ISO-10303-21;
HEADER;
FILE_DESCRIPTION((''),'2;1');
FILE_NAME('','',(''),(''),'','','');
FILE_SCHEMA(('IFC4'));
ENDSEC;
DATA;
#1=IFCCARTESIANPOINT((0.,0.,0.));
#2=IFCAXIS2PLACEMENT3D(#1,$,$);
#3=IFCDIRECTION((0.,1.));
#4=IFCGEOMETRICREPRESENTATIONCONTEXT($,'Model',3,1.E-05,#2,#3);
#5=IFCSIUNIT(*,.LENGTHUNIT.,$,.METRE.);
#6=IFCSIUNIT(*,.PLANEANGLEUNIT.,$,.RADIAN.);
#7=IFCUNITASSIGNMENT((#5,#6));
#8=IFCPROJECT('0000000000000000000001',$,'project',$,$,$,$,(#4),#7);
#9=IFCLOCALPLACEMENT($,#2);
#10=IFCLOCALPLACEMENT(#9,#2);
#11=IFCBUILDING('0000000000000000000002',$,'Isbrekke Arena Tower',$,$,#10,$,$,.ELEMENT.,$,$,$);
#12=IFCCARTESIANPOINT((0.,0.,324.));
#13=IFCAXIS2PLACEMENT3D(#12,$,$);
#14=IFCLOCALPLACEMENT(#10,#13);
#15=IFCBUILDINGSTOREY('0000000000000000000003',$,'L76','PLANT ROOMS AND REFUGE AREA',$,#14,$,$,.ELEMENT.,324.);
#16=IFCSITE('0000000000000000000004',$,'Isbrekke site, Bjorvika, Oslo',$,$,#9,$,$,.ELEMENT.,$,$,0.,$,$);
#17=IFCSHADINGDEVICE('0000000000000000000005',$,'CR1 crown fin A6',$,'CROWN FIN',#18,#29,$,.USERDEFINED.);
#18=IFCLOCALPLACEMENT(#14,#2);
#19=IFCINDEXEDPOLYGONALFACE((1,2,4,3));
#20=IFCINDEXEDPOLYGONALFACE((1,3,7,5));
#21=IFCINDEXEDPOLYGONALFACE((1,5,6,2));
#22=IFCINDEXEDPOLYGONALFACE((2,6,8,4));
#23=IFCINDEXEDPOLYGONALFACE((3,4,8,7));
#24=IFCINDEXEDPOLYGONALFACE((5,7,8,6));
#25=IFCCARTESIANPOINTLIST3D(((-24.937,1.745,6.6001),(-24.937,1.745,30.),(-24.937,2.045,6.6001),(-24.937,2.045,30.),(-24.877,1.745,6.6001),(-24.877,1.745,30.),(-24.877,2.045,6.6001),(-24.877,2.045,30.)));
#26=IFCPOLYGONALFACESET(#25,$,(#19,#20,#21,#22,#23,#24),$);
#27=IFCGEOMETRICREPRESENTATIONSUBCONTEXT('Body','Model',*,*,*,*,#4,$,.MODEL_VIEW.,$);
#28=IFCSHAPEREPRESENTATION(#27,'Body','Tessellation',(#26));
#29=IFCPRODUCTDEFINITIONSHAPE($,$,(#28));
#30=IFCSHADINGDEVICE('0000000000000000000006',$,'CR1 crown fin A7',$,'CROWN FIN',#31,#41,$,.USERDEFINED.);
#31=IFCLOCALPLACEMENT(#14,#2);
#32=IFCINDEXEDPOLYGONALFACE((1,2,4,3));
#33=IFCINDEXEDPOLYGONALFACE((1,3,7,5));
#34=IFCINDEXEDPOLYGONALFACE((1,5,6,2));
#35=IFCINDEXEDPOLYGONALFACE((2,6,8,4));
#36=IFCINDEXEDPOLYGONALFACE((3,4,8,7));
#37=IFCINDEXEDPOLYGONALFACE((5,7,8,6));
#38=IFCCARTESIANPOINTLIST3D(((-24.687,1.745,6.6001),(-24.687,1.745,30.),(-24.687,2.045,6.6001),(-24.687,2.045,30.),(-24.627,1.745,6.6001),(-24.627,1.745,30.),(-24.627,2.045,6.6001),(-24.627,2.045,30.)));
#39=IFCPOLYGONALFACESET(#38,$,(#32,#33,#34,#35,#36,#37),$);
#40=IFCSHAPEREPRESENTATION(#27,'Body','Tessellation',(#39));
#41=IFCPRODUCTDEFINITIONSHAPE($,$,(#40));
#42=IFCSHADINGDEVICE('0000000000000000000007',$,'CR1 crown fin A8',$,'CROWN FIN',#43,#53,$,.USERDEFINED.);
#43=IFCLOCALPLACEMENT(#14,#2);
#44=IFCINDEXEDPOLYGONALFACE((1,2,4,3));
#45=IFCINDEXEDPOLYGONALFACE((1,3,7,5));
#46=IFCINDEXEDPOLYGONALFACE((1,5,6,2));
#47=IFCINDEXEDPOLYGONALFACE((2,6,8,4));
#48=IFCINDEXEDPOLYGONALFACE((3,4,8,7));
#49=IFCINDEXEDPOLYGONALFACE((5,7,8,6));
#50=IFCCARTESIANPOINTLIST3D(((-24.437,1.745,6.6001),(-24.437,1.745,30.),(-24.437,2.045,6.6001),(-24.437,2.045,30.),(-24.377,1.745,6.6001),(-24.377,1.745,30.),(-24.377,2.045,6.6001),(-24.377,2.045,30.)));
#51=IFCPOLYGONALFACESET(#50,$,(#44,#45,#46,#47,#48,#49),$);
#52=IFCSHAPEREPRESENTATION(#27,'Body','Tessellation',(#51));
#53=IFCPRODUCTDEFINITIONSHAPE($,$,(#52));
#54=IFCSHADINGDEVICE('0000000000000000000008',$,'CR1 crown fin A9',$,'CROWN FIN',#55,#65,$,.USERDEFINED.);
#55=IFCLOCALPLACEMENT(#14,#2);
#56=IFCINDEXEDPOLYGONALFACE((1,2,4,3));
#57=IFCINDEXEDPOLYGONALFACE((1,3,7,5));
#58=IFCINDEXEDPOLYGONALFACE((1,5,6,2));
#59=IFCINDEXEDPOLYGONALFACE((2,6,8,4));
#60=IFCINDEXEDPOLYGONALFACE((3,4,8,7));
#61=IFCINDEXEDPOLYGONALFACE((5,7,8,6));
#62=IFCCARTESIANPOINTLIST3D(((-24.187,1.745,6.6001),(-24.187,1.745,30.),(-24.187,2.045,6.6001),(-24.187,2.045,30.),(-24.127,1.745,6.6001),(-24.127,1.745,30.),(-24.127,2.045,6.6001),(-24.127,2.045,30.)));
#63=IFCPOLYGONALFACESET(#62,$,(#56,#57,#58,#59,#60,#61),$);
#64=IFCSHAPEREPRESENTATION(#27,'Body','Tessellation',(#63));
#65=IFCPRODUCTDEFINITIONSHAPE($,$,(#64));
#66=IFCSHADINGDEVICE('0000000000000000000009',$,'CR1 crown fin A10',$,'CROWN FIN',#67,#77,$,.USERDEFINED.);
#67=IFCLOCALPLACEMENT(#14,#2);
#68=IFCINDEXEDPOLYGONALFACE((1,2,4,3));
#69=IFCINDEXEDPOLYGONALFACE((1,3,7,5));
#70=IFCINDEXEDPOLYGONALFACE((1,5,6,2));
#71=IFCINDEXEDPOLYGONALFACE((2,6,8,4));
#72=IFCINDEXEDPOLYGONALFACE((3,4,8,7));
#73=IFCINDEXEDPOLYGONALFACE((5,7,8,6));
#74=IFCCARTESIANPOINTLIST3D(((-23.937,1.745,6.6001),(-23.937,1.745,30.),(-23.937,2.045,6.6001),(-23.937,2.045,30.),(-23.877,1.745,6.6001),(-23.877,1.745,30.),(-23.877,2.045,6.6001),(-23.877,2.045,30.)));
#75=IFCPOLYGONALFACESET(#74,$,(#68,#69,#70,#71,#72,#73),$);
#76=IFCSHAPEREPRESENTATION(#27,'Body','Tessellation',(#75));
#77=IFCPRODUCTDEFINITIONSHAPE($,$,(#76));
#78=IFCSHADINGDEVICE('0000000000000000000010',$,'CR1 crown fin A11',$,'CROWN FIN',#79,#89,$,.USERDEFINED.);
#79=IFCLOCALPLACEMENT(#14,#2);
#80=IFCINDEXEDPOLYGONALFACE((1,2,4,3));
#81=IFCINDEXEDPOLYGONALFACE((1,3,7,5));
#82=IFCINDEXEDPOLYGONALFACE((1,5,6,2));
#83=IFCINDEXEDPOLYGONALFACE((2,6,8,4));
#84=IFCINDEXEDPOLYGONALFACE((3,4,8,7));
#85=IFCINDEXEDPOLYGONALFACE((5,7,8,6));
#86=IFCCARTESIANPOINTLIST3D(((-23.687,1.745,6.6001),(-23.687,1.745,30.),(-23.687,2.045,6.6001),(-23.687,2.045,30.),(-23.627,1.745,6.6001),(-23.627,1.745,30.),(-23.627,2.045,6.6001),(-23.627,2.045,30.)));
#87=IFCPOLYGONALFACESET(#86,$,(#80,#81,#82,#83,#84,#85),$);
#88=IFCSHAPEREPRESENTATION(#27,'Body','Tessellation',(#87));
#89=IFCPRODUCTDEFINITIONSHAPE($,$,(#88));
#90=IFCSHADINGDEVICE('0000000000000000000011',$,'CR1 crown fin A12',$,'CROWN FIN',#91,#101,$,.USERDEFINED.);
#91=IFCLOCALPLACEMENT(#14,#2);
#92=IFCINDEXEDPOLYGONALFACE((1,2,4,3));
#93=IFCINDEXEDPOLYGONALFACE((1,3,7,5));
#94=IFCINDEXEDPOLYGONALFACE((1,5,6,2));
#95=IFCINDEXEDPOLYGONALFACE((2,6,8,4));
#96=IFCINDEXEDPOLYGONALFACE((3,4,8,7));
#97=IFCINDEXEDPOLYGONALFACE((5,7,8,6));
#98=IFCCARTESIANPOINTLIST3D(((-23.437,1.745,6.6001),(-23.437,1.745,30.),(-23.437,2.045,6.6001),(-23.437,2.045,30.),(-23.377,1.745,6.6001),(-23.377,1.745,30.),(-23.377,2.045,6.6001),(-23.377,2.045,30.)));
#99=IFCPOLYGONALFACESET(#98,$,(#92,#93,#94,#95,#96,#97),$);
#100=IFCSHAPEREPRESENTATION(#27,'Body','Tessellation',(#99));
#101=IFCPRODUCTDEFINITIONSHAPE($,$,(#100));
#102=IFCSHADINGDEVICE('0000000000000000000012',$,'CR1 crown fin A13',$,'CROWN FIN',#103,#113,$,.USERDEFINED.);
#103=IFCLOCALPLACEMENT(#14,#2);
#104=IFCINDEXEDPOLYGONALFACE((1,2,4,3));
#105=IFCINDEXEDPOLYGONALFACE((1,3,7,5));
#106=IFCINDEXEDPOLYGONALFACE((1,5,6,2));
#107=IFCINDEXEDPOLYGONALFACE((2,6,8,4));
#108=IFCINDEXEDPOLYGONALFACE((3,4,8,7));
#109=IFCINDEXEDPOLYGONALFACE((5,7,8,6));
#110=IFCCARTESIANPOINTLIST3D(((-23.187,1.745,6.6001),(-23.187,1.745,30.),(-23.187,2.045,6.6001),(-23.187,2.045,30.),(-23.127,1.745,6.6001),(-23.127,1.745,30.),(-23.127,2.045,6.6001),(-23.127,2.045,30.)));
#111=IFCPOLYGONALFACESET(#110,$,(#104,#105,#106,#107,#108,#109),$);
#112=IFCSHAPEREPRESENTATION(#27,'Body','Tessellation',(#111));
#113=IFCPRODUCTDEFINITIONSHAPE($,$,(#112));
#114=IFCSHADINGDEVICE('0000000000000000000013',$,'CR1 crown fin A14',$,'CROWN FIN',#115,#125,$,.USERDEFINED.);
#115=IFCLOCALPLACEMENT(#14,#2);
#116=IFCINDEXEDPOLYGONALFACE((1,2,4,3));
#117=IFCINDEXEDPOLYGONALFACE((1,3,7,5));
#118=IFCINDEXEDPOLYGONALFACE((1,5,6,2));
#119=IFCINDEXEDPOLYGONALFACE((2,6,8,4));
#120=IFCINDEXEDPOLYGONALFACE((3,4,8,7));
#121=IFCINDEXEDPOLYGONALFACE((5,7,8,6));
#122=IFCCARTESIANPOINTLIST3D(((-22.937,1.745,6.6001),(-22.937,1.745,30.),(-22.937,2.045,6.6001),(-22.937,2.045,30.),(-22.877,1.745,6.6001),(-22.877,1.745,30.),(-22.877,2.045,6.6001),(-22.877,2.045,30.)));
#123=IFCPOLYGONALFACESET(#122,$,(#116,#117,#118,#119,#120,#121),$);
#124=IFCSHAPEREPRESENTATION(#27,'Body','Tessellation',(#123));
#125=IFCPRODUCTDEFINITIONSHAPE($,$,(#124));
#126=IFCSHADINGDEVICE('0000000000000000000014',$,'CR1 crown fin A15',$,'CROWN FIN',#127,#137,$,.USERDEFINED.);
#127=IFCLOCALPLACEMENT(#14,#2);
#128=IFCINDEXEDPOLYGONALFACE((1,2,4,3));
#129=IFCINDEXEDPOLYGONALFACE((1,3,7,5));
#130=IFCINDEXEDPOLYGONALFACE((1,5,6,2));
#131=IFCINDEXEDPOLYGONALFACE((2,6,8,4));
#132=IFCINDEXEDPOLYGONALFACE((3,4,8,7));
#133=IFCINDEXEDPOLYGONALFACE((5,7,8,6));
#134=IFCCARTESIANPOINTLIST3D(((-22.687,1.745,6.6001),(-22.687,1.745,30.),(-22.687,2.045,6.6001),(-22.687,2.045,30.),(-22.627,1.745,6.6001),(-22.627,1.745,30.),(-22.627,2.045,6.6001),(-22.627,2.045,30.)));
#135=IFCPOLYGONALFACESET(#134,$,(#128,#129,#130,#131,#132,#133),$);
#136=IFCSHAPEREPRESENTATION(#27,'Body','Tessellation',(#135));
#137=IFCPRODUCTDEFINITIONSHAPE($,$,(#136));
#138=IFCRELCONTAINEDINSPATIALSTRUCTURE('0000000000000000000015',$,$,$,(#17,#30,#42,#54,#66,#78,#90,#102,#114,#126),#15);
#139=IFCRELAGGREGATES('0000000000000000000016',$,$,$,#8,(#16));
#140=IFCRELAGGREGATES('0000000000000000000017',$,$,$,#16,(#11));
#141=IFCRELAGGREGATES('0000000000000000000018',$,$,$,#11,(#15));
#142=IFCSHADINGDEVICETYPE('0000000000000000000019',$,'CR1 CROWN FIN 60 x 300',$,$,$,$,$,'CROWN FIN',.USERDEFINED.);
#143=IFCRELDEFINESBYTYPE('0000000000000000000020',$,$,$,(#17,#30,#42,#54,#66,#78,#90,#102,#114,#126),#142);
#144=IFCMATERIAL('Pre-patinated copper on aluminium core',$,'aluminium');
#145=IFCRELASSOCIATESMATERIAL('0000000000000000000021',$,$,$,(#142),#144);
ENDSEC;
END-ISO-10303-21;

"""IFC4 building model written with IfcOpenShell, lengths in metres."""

from ifc_helpers import new_model, si_unit, direction, frame, origin, origin_2d, place, context, subcontext, project, spatial, rectangle, extrude, material, material_profile, profile_set, type_object, element, save


model = new_model("IFC4")

# Units and contexts
model_context = context("Model", 3, precision=1e-05, world=origin(), true_north=direction((0.0, 1.0)))
body_context = subcontext(model_context, "Body", "Model", "MODEL_VIEW")
ifc_project = project(units=[si_unit("LENGTHUNIT", "METRE"), si_unit("PLANEANGLEUNIT", "RADIAN")], contexts=[model_context])

# Site, building, storey
site_placement = place(None, origin())
site = spatial("IfcSite", under=ifc_project, at=site_placement, Name="Isbrekke site, Bjorvika, Oslo", CompositionType="ELEMENT", RefElevation=0.0)
building_placement = place(site_placement, origin())
building = spatial("IfcBuilding", under=site, at=building_placement, Name="Isbrekke Arena Tower", CompositionType="ELEMENT")
storey_placement = place(building_placement, frame((0.0, 0.0, 324.0)))
storey = spatial("IfcBuildingStorey", under=building, at=storey_placement, Name="L76", Description="PLANT ROOMS AND REFUGE AREA", CompositionType="ELEMENT", Elevation=324.0)

# Shading devices
ifc_material_1 = material(Name="Pre-patinated copper on aluminium core", Category="aluminium")
ifc_material_profile_1 = material_profile(ifc_material_1, rectangle(XDim=0.0601, YDim=0.3, at=origin_2d()), Name="FIN 60X300")
ifc_profile_set_1 = profile_set([ifc_material_profile_1], Name="Pre-patinated copper on aluminium core")
shading_device_type = type_object("IfcShadingDeviceType", Name="CR1 CROWN FIN 60 x 300", ElementType="CROWN FIN", PredefinedType="USERDEFINED", material=ifc_profile_set_1)
for number, where, z_axis, x_axis, name in (
    (1, (-24.907, 1.895, 6.6001), (0.0, 0.0, 1.0), (1.0, 0.0, 0.0), "CR1 crown fin A6"),
    (2, (-24.657, 1.895, 6.6001), (0.0, 0.0, 1.0), (1.0, 0.0, 0.0), "CR1 crown fin A7"),
    (3, (-24.407, 1.895, 6.6001), (0.0, 0.0, 1.0), (1.0, 0.0, 0.0), "CR1 crown fin A8"),
    (4, (-24.157, 1.895, 6.6001), (0.0, 0.0, 1.0), (1.0, 0.0, 0.0), "CR1 crown fin A9"),
    (5, (-23.907, 1.895, 6.6001), (0.0, 0.0, 1.0), (1.0, 0.0, 0.0), "CR1 crown fin A10"),
    (6, (-23.657, 1.895, 6.6001), (0.0, 0.0, 1.0), (1.0, 0.0, 0.0), "CR1 crown fin A11"),
    (7, (-23.407, 1.895, 6.6001), (0.0, 0.0, 1.0), (1.0, 0.0, 0.0), "CR1 crown fin A12"),
    (8, (-23.157, 1.895, 6.6001), (0.0, 0.0, 1.0), (1.0, 0.0, 0.0), "CR1 crown fin A13"),
    (9, (-22.907, 1.895, 6.6001), (0.0, 0.0, 1.0), (1.0, 0.0, 0.0), "CR1 crown fin A14"),
    (10, (-22.657, 1.895, 6.6001), (0.0, 0.0, 1.0), (1.0, 0.0, 0.0), "CR1 crown fin A15"),
):
    element("IfcShadingDevice", number, at=place(storey_placement, frame(where, z_axis=z_axis, x_axis=x_axis)), inside=storey, type_object=shading_device_type, Name=name, ObjectType="CROWN FIN", PredefinedType="USERDEFINED", context=body_context, shape_type="SweptSolid", body=[
        extrude(rectangle(XDim=0.0601, YDim=0.3, at=origin_2d()), origin(), (0.0, 0.0, 1.0), 23.3999),
    ])

save(model, "model.ifc")
